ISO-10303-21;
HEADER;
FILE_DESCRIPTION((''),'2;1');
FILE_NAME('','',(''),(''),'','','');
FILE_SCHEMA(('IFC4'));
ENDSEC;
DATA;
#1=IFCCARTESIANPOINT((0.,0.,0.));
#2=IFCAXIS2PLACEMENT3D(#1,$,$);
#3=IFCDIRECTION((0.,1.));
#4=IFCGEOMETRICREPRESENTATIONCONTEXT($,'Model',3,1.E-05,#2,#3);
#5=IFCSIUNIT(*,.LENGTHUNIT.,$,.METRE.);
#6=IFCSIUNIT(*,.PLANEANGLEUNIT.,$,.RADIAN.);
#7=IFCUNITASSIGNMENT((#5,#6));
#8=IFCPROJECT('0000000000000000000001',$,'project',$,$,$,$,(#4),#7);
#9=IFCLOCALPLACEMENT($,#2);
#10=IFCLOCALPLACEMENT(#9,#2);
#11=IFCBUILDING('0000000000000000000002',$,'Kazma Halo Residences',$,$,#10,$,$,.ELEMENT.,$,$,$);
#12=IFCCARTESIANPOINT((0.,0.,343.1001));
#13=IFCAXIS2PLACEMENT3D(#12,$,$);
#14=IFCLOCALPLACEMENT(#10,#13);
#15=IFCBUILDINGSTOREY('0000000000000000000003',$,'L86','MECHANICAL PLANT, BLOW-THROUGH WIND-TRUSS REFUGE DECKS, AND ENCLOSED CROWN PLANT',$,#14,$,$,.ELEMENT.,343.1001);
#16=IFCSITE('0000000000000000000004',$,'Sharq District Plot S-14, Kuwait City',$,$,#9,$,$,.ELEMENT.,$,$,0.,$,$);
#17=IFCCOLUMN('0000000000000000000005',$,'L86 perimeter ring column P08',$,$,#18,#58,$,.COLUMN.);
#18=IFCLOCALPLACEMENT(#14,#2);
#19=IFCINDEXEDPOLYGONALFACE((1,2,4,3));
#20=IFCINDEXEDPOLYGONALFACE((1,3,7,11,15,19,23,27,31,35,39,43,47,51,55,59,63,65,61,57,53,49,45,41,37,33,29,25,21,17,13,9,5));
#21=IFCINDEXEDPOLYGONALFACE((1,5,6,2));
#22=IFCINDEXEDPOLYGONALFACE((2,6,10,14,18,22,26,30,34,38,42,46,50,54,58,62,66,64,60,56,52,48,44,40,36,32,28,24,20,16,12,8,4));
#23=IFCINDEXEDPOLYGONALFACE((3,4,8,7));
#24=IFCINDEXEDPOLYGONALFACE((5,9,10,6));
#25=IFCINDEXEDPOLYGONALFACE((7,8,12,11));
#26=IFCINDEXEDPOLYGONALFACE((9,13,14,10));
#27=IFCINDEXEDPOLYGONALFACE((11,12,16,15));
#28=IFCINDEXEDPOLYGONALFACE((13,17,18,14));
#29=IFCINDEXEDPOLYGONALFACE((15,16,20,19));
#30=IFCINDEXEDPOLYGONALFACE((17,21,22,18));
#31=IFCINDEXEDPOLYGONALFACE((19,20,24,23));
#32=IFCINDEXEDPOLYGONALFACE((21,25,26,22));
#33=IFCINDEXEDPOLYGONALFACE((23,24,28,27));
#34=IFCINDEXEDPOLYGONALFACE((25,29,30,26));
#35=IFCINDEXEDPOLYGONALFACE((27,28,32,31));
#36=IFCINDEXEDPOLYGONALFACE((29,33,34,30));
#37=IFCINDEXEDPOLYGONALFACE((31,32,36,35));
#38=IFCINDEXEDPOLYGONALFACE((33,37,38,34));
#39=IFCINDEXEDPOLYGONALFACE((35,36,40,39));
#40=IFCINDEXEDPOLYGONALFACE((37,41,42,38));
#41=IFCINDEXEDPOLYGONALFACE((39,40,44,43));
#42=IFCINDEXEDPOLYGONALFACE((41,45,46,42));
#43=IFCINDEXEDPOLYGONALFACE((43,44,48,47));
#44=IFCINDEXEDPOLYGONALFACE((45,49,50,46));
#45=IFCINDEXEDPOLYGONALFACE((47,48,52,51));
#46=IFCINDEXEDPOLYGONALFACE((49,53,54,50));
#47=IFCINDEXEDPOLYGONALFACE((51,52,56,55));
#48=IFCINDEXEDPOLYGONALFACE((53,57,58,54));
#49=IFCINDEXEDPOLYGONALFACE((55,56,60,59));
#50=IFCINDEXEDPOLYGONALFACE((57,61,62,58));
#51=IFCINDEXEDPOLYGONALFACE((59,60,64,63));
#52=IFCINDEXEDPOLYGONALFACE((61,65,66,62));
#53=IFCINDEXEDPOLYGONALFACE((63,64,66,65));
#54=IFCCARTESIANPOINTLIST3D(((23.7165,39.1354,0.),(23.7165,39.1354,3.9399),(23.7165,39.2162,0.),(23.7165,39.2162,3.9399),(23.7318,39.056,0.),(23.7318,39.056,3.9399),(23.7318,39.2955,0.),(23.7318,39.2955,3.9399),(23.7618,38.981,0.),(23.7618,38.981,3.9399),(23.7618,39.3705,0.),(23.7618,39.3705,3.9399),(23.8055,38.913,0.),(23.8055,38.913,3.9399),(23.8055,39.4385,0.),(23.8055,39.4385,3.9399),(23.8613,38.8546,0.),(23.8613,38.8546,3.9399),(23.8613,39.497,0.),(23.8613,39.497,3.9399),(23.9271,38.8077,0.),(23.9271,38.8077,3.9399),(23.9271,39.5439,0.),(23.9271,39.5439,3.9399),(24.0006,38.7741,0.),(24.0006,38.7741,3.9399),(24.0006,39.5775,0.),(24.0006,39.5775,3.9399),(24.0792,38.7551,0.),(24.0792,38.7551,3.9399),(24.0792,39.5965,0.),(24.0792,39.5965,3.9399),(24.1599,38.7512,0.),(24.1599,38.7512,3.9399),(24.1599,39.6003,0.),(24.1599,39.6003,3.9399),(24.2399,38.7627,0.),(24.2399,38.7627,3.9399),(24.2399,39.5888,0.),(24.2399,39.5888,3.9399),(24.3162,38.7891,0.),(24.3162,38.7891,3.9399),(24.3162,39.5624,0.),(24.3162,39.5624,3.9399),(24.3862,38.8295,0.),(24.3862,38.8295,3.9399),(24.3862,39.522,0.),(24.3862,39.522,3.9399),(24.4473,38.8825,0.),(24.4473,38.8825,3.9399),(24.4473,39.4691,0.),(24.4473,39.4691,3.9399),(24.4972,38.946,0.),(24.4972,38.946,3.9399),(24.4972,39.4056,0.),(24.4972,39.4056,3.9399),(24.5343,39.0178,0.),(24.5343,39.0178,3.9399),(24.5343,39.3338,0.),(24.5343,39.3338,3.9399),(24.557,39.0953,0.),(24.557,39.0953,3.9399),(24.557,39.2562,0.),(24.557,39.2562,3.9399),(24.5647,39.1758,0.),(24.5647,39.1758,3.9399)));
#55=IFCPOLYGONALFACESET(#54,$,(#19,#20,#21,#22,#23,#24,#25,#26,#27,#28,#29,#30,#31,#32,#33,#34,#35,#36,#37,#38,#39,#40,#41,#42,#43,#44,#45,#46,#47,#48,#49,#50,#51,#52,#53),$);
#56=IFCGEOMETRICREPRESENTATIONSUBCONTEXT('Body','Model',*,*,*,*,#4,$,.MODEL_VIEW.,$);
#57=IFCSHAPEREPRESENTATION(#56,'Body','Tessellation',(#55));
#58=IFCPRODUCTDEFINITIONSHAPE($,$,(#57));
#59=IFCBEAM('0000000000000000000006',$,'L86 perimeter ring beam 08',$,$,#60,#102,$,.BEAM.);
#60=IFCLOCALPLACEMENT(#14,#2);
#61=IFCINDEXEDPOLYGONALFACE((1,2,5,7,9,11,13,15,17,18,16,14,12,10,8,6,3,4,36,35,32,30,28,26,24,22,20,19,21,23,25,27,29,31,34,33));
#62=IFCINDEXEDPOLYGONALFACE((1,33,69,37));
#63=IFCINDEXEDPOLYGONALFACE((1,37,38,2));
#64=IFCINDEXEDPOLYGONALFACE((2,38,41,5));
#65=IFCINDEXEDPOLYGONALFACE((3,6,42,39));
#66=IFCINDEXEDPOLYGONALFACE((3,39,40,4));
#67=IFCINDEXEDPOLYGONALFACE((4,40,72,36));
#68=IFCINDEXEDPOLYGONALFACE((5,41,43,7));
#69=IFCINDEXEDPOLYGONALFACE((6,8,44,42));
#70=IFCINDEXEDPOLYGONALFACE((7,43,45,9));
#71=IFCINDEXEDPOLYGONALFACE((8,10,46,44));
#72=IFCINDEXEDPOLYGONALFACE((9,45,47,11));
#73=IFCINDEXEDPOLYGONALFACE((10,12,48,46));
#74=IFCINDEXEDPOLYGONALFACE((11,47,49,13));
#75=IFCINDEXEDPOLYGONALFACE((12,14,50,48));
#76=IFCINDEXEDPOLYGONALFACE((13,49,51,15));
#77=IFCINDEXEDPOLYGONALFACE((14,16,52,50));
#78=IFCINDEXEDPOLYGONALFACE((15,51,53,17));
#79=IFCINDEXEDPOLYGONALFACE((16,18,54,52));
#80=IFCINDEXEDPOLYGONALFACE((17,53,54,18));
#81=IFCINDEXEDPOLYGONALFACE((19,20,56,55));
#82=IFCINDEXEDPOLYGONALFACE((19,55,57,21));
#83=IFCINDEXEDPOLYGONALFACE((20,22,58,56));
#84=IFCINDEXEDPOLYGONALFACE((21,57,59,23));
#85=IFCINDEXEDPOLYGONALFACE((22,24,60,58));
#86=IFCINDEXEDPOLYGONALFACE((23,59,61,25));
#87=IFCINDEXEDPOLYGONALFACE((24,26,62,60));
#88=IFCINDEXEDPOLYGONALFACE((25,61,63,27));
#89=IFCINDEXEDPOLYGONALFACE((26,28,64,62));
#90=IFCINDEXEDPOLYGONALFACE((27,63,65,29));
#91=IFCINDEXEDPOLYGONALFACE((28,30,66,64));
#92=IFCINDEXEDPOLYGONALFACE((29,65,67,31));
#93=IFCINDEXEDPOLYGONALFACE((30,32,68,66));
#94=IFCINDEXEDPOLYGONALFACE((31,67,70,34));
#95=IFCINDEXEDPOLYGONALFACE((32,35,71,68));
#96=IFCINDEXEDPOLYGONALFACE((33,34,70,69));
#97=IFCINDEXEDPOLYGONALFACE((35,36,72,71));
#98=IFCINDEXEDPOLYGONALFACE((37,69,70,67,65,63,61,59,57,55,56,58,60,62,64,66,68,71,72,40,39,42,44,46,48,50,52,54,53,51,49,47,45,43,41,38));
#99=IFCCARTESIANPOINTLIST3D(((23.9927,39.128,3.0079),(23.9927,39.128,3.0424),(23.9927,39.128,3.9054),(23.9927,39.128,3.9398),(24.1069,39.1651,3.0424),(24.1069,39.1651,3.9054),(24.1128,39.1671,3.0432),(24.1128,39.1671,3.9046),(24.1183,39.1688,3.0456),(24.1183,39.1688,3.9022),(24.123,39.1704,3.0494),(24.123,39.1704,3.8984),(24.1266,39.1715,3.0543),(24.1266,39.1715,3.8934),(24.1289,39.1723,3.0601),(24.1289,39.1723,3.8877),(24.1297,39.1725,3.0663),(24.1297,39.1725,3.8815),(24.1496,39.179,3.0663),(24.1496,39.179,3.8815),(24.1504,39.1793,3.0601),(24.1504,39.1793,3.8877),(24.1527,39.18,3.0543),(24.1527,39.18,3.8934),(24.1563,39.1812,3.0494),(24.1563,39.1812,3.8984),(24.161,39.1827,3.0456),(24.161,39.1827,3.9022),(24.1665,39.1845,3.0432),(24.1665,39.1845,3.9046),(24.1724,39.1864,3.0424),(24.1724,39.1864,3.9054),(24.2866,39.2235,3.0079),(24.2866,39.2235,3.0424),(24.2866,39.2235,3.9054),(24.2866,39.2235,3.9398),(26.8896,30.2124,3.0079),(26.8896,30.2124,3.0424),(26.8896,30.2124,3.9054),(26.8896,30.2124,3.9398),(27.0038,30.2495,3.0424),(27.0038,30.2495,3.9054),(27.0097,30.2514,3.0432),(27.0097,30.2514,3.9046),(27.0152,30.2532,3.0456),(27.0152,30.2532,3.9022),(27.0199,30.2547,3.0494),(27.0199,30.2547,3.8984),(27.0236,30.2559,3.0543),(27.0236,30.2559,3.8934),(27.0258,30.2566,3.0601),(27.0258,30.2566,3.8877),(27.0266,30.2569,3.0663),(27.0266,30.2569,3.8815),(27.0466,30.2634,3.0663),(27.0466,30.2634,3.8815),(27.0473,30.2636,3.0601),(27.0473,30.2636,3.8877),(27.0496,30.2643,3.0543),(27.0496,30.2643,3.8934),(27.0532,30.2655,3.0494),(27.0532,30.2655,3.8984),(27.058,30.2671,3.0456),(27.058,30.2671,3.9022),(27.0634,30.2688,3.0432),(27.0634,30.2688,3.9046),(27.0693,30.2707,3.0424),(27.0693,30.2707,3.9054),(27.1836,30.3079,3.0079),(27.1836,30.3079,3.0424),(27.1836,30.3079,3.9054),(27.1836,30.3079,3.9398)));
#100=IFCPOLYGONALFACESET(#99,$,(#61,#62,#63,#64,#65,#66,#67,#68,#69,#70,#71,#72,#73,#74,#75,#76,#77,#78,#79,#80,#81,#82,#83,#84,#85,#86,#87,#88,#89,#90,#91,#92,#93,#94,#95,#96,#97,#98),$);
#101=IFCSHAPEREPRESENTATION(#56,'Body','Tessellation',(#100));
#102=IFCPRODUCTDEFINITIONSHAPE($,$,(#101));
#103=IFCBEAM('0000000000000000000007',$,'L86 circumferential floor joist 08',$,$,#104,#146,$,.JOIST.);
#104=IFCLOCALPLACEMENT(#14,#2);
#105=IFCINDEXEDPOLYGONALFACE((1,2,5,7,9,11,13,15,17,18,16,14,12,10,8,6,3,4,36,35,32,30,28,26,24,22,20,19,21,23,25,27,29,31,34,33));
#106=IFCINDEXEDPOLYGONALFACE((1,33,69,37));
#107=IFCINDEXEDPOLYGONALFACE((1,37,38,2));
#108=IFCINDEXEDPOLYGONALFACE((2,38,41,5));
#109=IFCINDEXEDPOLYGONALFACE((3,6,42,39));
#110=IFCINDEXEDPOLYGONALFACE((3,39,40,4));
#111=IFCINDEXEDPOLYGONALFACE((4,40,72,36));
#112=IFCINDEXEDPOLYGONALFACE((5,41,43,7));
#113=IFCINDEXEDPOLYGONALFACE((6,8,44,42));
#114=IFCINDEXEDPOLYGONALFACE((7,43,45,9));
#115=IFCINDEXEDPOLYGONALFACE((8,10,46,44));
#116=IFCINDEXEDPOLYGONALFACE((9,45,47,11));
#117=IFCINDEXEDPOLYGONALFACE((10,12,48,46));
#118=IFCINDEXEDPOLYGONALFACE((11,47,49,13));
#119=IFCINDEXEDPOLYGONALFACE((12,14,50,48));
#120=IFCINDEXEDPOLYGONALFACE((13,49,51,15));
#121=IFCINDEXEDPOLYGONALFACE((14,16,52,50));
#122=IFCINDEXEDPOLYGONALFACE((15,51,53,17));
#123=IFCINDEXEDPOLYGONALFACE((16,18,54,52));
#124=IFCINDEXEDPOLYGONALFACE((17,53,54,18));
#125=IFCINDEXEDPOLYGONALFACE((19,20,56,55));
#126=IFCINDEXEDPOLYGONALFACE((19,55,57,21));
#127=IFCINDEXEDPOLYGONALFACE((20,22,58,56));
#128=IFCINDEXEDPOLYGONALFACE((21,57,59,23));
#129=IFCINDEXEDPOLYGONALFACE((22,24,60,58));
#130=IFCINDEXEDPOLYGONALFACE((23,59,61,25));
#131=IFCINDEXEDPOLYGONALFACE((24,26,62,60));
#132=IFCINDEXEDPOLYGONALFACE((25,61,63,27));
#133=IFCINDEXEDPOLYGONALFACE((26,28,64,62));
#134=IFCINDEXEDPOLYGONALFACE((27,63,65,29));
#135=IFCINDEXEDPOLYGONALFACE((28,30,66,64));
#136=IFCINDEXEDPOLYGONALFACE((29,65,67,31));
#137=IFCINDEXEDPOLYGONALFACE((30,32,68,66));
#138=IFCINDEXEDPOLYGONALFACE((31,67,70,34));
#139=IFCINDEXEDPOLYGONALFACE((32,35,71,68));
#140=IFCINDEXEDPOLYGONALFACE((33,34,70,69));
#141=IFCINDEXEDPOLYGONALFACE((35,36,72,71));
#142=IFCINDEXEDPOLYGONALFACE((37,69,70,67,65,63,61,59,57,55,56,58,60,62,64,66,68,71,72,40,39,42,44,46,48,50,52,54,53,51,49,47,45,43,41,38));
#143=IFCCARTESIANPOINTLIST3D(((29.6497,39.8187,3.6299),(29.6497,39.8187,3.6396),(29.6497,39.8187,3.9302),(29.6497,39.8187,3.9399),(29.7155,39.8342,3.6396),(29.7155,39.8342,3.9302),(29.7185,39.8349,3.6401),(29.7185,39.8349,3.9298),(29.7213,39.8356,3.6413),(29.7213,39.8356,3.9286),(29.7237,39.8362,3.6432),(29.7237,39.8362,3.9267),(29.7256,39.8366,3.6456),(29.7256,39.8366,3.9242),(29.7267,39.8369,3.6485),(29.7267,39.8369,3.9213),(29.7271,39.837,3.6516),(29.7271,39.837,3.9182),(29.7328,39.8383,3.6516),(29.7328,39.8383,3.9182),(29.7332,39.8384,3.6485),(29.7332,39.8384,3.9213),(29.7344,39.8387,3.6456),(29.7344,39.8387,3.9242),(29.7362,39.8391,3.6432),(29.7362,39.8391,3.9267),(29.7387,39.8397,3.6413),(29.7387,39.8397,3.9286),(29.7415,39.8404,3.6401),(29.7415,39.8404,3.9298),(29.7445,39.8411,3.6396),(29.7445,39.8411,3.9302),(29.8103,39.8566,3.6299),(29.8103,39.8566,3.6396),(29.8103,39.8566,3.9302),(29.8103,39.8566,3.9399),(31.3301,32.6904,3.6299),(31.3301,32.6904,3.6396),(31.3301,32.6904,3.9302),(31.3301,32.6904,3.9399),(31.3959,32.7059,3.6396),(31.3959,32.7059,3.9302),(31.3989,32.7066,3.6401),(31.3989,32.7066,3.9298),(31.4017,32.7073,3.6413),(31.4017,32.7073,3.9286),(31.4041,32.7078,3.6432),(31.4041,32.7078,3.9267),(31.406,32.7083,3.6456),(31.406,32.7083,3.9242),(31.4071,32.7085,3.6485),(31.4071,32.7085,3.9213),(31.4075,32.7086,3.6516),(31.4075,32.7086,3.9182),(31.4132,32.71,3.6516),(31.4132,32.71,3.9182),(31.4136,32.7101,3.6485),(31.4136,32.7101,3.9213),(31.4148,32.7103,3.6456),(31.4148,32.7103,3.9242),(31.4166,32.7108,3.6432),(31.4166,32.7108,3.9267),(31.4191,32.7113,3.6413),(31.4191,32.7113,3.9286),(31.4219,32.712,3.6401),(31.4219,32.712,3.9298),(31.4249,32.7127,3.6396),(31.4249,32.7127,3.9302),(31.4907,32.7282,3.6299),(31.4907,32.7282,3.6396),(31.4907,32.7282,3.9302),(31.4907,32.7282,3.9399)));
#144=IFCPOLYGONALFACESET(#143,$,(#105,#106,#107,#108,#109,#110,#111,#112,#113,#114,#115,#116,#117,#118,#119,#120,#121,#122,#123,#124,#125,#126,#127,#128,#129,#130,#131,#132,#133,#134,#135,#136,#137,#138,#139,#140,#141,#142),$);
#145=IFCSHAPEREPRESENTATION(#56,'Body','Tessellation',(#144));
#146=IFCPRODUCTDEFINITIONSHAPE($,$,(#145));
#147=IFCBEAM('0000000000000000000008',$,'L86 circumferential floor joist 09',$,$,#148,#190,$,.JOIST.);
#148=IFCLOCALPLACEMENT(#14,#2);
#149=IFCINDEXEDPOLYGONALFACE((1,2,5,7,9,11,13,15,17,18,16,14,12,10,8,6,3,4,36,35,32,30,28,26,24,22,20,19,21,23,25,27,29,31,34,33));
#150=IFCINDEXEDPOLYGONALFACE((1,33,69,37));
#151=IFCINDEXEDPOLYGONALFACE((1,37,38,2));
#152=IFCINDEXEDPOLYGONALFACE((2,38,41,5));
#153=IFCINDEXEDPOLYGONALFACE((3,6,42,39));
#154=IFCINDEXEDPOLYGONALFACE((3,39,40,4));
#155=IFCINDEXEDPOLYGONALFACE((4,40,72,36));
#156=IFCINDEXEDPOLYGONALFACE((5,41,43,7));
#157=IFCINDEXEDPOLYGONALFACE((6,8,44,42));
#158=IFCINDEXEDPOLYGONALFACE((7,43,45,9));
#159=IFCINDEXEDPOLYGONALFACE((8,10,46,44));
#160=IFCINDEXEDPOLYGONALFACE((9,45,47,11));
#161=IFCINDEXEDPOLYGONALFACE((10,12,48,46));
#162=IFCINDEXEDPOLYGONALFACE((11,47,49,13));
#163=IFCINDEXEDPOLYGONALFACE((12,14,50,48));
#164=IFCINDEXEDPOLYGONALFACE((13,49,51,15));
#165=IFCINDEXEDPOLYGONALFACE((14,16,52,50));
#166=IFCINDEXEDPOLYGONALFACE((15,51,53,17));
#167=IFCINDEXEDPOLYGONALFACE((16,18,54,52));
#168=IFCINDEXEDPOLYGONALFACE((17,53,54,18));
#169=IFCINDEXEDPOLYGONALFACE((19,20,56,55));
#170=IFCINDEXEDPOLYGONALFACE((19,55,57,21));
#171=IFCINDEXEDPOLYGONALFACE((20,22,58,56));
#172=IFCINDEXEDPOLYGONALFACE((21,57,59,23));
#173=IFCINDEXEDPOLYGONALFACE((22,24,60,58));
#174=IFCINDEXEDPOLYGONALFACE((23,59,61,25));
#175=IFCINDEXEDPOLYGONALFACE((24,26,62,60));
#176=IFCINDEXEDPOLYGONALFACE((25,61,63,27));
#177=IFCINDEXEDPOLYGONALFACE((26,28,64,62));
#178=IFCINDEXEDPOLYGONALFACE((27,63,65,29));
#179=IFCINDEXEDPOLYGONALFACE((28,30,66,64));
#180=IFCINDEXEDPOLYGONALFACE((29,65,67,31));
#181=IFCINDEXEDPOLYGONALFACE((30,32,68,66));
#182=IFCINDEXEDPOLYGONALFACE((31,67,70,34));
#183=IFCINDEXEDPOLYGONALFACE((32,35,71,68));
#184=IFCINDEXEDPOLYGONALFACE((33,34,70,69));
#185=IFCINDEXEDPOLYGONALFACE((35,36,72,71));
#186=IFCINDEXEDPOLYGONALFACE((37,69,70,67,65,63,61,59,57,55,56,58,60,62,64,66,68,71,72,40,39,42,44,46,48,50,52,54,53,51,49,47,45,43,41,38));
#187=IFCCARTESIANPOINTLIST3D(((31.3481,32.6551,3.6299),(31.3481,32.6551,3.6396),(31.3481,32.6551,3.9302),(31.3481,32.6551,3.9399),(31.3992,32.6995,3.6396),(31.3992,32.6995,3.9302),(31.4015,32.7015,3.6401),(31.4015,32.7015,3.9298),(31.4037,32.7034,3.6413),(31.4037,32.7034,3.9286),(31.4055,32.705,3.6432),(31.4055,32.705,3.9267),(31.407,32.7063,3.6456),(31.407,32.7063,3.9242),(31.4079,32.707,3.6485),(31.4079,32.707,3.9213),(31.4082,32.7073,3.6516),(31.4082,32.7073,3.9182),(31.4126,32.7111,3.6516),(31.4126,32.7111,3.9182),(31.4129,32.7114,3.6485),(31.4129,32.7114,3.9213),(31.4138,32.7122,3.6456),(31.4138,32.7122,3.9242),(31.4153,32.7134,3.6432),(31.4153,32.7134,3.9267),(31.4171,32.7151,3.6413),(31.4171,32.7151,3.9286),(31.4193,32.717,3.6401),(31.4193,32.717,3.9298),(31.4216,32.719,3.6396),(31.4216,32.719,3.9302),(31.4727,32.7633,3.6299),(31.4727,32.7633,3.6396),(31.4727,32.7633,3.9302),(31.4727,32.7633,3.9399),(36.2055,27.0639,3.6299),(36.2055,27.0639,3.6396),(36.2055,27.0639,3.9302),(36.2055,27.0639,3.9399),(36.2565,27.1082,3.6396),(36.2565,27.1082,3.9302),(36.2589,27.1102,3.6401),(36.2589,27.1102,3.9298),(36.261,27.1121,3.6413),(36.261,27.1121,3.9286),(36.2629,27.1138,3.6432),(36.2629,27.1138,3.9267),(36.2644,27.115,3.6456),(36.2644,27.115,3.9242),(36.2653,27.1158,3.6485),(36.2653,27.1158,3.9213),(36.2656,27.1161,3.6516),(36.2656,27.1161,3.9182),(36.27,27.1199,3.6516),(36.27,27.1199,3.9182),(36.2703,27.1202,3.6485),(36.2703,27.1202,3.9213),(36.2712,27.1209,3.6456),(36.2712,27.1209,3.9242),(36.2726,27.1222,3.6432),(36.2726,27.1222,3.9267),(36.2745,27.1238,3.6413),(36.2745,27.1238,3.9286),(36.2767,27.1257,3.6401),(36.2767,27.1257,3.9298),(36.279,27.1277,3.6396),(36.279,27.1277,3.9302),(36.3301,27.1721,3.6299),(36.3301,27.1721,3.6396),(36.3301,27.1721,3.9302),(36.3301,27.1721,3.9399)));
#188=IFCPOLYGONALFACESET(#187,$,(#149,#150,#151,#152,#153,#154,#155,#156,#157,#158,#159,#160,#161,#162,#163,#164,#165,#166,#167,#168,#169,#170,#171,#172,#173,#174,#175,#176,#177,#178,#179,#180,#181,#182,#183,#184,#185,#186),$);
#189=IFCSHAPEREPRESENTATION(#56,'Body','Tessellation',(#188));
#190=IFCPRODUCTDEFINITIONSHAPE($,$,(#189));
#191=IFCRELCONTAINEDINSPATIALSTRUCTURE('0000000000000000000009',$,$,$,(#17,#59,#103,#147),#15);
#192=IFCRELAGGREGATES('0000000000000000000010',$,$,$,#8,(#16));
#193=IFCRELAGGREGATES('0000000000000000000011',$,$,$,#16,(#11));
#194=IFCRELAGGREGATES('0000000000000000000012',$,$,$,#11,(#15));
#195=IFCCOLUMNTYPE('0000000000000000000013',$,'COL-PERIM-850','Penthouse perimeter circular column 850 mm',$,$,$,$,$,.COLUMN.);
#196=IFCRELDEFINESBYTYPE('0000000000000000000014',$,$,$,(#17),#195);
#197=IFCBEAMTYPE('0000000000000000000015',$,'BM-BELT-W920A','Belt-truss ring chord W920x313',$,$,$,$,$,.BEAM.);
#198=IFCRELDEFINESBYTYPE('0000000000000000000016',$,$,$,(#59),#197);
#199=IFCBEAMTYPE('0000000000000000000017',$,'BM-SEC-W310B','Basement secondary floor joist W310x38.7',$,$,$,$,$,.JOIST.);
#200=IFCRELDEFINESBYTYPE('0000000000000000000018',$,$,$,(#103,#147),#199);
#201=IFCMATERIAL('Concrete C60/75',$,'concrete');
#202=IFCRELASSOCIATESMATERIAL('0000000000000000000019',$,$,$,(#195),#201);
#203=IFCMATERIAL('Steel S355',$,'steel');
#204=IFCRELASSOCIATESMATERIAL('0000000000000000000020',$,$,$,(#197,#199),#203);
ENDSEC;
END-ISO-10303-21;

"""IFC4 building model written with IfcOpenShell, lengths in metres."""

from ifc_helpers import new_model, si_unit, direction, frame, origin, origin_2d, place, context, subcontext, project, spatial, circle, i_section, extrude, material, material_profile, profile_set, type_object, element, save


model = new_model("IFC4")

# Units and contexts
model_context = context("Model", 3, precision=1e-05, world=origin(), true_north=direction((0.0, 1.0)))
body_context = subcontext(model_context, "Body", "Model", "MODEL_VIEW")
ifc_project = project(units=[si_unit("LENGTHUNIT", "METRE"), si_unit("PLANEANGLEUNIT", "RADIAN")], contexts=[model_context])

# Site, building, storey
site_placement = place(None, origin())
site = spatial("IfcSite", under=ifc_project, at=site_placement, Name="Sharq District Plot S-14, Kuwait City", CompositionType="ELEMENT", RefElevation=0.0)
building_placement = place(site_placement, origin())
building = spatial("IfcBuilding", under=site, at=building_placement, Name="Kazma Halo Residences", CompositionType="ELEMENT")
storey_placement = place(building_placement, frame((0.0, 0.0, 343.1001)))
storey = spatial("IfcBuildingStorey", under=building, at=storey_placement, Name="L86", Description="MECHANICAL PLANT, BLOW-THROUGH WIND-TRUSS REFUGE DECKS, AND ENCLOSED CROWN PLANT", CompositionType="ELEMENT", Elevation=343.1001)

# Column
ifc_material_1 = material(Name="Concrete C60/75", Category="concrete")
ifc_material_profile_1 = material_profile(ifc_material_1, circle(Radius=0.425, at=origin_2d()), Name="CIRC850")
ifc_profile_set_1 = profile_set([ifc_material_profile_1], Name="Concrete C60/75")
column_type = type_object("IfcColumnType", Name="COL-PERIM-850", Description="Penthouse perimeter circular column 850 mm", PredefinedType="COLUMN", material=ifc_profile_set_1)
column_placement = place(storey_placement, frame((24.1396, 39.1758, 0.0), z_axis=(0.0, 0.0, 1.0), x_axis=(1.0, 0.0, 0.0)))
element("IfcColumn", 1, at=column_placement, inside=storey, type_object=column_type, Name="L86 perimeter ring column P08", PredefinedType="COLUMN", context=body_context, shape_type="SweptSolid", body=[
    extrude(circle(Radius=0.425, at=origin_2d()), origin(), (0.0, 0.0, 1.0), 3.9399),
])

# Beams
ifc_material_2 = material(Name="Steel S355", Category="steel")
ifc_material_profile_2 = material_profile(ifc_material_2, i_section(OverallWidth=0.3091, OverallDepth=0.9319, WebThickness=0.021, FlangeThickness=0.0344, FilletRadius=0.0239, at=origin_2d()), Name="W920x313")
ifc_profile_set_2 = profile_set([ifc_material_profile_2], Name="Steel S355")
beam_type_1 = type_object("IfcBeamType", Name="BM-BELT-W920A", Description="Belt-truss ring chord W920x313", PredefinedType="BEAM", material=ifc_profile_set_2)
beam_1_placement = place(storey_placement, frame((24.1396, 39.1758, 3.4739), z_axis=(0.309023, -0.951055, 0.0), x_axis=(0.951055, 0.309023, 0.0)))
element("IfcBeam", 2, at=beam_1_placement, inside=storey, type_object=beam_type_1, Name="L86 perimeter ring beam 08", PredefinedType="BEAM", context=body_context, shape_type="SweptSolid", body=[
    extrude(i_section(OverallWidth=0.3091, OverallDepth=0.9319, WebThickness=0.021, FlangeThickness=0.0344, FilletRadius=0.0239, at=origin_2d()), origin(), (0.0, 0.0, 1.0), 9.3745),
])
ifc_material_profile_3 = material_profile(ifc_material_2, i_section(OverallWidth=0.165, OverallDepth=0.3101, WebThickness=0.0059, FlangeThickness=0.0098, FilletRadius=0.012, at=origin_2d()), Name="W310x38.7")
ifc_profile_set_3 = profile_set([ifc_material_profile_3], Name="Steel S355")
beam_type_2 = type_object("IfcBeamType", Name="BM-SEC-W310B", Description="Basement secondary floor joist W310x38.7", PredefinedType="JOIST", material=ifc_profile_set_3)
beam_2_placement = place(storey_placement, frame((29.73, 39.8376, 3.7849), z_axis=(0.229446, -0.973321, 0.0), x_axis=(0.973321, 0.229446, 0.0)))
element("IfcBeam", 3, at=beam_2_placement, inside=storey, type_object=beam_type_2, Name="L86 circumferential floor joist 08", PredefinedType="JOIST", context=body_context, shape_type="SweptSolid", body=[
    extrude(i_section(OverallWidth=0.165, OverallDepth=0.3101, WebThickness=0.0059, FlangeThickness=0.0098, FilletRadius=0.012, at=origin_2d()), origin(), (0.0, 0.0, 1.0), 7.3237),
])
beam_3_placement = place(storey_placement, frame((31.4104, 32.7092, 3.7849), z_axis=(0.655826, -0.754912, 0.0), x_axis=(0.754912, 0.655826, 0.0)))
element("IfcBeam", 4, at=beam_3_placement, inside=storey, type_object=beam_type_2, Name="L86 circumferential floor joist 09", PredefinedType="JOIST", context=body_context, shape_type="SweptSolid", body=[
    extrude(i_section(OverallWidth=0.165, OverallDepth=0.3101, WebThickness=0.0059, FlangeThickness=0.0098, FilletRadius=0.012, at=origin_2d()), origin(), (0.0, 0.0, 1.0), 7.4065),
])

save(model, "model.ifc")
